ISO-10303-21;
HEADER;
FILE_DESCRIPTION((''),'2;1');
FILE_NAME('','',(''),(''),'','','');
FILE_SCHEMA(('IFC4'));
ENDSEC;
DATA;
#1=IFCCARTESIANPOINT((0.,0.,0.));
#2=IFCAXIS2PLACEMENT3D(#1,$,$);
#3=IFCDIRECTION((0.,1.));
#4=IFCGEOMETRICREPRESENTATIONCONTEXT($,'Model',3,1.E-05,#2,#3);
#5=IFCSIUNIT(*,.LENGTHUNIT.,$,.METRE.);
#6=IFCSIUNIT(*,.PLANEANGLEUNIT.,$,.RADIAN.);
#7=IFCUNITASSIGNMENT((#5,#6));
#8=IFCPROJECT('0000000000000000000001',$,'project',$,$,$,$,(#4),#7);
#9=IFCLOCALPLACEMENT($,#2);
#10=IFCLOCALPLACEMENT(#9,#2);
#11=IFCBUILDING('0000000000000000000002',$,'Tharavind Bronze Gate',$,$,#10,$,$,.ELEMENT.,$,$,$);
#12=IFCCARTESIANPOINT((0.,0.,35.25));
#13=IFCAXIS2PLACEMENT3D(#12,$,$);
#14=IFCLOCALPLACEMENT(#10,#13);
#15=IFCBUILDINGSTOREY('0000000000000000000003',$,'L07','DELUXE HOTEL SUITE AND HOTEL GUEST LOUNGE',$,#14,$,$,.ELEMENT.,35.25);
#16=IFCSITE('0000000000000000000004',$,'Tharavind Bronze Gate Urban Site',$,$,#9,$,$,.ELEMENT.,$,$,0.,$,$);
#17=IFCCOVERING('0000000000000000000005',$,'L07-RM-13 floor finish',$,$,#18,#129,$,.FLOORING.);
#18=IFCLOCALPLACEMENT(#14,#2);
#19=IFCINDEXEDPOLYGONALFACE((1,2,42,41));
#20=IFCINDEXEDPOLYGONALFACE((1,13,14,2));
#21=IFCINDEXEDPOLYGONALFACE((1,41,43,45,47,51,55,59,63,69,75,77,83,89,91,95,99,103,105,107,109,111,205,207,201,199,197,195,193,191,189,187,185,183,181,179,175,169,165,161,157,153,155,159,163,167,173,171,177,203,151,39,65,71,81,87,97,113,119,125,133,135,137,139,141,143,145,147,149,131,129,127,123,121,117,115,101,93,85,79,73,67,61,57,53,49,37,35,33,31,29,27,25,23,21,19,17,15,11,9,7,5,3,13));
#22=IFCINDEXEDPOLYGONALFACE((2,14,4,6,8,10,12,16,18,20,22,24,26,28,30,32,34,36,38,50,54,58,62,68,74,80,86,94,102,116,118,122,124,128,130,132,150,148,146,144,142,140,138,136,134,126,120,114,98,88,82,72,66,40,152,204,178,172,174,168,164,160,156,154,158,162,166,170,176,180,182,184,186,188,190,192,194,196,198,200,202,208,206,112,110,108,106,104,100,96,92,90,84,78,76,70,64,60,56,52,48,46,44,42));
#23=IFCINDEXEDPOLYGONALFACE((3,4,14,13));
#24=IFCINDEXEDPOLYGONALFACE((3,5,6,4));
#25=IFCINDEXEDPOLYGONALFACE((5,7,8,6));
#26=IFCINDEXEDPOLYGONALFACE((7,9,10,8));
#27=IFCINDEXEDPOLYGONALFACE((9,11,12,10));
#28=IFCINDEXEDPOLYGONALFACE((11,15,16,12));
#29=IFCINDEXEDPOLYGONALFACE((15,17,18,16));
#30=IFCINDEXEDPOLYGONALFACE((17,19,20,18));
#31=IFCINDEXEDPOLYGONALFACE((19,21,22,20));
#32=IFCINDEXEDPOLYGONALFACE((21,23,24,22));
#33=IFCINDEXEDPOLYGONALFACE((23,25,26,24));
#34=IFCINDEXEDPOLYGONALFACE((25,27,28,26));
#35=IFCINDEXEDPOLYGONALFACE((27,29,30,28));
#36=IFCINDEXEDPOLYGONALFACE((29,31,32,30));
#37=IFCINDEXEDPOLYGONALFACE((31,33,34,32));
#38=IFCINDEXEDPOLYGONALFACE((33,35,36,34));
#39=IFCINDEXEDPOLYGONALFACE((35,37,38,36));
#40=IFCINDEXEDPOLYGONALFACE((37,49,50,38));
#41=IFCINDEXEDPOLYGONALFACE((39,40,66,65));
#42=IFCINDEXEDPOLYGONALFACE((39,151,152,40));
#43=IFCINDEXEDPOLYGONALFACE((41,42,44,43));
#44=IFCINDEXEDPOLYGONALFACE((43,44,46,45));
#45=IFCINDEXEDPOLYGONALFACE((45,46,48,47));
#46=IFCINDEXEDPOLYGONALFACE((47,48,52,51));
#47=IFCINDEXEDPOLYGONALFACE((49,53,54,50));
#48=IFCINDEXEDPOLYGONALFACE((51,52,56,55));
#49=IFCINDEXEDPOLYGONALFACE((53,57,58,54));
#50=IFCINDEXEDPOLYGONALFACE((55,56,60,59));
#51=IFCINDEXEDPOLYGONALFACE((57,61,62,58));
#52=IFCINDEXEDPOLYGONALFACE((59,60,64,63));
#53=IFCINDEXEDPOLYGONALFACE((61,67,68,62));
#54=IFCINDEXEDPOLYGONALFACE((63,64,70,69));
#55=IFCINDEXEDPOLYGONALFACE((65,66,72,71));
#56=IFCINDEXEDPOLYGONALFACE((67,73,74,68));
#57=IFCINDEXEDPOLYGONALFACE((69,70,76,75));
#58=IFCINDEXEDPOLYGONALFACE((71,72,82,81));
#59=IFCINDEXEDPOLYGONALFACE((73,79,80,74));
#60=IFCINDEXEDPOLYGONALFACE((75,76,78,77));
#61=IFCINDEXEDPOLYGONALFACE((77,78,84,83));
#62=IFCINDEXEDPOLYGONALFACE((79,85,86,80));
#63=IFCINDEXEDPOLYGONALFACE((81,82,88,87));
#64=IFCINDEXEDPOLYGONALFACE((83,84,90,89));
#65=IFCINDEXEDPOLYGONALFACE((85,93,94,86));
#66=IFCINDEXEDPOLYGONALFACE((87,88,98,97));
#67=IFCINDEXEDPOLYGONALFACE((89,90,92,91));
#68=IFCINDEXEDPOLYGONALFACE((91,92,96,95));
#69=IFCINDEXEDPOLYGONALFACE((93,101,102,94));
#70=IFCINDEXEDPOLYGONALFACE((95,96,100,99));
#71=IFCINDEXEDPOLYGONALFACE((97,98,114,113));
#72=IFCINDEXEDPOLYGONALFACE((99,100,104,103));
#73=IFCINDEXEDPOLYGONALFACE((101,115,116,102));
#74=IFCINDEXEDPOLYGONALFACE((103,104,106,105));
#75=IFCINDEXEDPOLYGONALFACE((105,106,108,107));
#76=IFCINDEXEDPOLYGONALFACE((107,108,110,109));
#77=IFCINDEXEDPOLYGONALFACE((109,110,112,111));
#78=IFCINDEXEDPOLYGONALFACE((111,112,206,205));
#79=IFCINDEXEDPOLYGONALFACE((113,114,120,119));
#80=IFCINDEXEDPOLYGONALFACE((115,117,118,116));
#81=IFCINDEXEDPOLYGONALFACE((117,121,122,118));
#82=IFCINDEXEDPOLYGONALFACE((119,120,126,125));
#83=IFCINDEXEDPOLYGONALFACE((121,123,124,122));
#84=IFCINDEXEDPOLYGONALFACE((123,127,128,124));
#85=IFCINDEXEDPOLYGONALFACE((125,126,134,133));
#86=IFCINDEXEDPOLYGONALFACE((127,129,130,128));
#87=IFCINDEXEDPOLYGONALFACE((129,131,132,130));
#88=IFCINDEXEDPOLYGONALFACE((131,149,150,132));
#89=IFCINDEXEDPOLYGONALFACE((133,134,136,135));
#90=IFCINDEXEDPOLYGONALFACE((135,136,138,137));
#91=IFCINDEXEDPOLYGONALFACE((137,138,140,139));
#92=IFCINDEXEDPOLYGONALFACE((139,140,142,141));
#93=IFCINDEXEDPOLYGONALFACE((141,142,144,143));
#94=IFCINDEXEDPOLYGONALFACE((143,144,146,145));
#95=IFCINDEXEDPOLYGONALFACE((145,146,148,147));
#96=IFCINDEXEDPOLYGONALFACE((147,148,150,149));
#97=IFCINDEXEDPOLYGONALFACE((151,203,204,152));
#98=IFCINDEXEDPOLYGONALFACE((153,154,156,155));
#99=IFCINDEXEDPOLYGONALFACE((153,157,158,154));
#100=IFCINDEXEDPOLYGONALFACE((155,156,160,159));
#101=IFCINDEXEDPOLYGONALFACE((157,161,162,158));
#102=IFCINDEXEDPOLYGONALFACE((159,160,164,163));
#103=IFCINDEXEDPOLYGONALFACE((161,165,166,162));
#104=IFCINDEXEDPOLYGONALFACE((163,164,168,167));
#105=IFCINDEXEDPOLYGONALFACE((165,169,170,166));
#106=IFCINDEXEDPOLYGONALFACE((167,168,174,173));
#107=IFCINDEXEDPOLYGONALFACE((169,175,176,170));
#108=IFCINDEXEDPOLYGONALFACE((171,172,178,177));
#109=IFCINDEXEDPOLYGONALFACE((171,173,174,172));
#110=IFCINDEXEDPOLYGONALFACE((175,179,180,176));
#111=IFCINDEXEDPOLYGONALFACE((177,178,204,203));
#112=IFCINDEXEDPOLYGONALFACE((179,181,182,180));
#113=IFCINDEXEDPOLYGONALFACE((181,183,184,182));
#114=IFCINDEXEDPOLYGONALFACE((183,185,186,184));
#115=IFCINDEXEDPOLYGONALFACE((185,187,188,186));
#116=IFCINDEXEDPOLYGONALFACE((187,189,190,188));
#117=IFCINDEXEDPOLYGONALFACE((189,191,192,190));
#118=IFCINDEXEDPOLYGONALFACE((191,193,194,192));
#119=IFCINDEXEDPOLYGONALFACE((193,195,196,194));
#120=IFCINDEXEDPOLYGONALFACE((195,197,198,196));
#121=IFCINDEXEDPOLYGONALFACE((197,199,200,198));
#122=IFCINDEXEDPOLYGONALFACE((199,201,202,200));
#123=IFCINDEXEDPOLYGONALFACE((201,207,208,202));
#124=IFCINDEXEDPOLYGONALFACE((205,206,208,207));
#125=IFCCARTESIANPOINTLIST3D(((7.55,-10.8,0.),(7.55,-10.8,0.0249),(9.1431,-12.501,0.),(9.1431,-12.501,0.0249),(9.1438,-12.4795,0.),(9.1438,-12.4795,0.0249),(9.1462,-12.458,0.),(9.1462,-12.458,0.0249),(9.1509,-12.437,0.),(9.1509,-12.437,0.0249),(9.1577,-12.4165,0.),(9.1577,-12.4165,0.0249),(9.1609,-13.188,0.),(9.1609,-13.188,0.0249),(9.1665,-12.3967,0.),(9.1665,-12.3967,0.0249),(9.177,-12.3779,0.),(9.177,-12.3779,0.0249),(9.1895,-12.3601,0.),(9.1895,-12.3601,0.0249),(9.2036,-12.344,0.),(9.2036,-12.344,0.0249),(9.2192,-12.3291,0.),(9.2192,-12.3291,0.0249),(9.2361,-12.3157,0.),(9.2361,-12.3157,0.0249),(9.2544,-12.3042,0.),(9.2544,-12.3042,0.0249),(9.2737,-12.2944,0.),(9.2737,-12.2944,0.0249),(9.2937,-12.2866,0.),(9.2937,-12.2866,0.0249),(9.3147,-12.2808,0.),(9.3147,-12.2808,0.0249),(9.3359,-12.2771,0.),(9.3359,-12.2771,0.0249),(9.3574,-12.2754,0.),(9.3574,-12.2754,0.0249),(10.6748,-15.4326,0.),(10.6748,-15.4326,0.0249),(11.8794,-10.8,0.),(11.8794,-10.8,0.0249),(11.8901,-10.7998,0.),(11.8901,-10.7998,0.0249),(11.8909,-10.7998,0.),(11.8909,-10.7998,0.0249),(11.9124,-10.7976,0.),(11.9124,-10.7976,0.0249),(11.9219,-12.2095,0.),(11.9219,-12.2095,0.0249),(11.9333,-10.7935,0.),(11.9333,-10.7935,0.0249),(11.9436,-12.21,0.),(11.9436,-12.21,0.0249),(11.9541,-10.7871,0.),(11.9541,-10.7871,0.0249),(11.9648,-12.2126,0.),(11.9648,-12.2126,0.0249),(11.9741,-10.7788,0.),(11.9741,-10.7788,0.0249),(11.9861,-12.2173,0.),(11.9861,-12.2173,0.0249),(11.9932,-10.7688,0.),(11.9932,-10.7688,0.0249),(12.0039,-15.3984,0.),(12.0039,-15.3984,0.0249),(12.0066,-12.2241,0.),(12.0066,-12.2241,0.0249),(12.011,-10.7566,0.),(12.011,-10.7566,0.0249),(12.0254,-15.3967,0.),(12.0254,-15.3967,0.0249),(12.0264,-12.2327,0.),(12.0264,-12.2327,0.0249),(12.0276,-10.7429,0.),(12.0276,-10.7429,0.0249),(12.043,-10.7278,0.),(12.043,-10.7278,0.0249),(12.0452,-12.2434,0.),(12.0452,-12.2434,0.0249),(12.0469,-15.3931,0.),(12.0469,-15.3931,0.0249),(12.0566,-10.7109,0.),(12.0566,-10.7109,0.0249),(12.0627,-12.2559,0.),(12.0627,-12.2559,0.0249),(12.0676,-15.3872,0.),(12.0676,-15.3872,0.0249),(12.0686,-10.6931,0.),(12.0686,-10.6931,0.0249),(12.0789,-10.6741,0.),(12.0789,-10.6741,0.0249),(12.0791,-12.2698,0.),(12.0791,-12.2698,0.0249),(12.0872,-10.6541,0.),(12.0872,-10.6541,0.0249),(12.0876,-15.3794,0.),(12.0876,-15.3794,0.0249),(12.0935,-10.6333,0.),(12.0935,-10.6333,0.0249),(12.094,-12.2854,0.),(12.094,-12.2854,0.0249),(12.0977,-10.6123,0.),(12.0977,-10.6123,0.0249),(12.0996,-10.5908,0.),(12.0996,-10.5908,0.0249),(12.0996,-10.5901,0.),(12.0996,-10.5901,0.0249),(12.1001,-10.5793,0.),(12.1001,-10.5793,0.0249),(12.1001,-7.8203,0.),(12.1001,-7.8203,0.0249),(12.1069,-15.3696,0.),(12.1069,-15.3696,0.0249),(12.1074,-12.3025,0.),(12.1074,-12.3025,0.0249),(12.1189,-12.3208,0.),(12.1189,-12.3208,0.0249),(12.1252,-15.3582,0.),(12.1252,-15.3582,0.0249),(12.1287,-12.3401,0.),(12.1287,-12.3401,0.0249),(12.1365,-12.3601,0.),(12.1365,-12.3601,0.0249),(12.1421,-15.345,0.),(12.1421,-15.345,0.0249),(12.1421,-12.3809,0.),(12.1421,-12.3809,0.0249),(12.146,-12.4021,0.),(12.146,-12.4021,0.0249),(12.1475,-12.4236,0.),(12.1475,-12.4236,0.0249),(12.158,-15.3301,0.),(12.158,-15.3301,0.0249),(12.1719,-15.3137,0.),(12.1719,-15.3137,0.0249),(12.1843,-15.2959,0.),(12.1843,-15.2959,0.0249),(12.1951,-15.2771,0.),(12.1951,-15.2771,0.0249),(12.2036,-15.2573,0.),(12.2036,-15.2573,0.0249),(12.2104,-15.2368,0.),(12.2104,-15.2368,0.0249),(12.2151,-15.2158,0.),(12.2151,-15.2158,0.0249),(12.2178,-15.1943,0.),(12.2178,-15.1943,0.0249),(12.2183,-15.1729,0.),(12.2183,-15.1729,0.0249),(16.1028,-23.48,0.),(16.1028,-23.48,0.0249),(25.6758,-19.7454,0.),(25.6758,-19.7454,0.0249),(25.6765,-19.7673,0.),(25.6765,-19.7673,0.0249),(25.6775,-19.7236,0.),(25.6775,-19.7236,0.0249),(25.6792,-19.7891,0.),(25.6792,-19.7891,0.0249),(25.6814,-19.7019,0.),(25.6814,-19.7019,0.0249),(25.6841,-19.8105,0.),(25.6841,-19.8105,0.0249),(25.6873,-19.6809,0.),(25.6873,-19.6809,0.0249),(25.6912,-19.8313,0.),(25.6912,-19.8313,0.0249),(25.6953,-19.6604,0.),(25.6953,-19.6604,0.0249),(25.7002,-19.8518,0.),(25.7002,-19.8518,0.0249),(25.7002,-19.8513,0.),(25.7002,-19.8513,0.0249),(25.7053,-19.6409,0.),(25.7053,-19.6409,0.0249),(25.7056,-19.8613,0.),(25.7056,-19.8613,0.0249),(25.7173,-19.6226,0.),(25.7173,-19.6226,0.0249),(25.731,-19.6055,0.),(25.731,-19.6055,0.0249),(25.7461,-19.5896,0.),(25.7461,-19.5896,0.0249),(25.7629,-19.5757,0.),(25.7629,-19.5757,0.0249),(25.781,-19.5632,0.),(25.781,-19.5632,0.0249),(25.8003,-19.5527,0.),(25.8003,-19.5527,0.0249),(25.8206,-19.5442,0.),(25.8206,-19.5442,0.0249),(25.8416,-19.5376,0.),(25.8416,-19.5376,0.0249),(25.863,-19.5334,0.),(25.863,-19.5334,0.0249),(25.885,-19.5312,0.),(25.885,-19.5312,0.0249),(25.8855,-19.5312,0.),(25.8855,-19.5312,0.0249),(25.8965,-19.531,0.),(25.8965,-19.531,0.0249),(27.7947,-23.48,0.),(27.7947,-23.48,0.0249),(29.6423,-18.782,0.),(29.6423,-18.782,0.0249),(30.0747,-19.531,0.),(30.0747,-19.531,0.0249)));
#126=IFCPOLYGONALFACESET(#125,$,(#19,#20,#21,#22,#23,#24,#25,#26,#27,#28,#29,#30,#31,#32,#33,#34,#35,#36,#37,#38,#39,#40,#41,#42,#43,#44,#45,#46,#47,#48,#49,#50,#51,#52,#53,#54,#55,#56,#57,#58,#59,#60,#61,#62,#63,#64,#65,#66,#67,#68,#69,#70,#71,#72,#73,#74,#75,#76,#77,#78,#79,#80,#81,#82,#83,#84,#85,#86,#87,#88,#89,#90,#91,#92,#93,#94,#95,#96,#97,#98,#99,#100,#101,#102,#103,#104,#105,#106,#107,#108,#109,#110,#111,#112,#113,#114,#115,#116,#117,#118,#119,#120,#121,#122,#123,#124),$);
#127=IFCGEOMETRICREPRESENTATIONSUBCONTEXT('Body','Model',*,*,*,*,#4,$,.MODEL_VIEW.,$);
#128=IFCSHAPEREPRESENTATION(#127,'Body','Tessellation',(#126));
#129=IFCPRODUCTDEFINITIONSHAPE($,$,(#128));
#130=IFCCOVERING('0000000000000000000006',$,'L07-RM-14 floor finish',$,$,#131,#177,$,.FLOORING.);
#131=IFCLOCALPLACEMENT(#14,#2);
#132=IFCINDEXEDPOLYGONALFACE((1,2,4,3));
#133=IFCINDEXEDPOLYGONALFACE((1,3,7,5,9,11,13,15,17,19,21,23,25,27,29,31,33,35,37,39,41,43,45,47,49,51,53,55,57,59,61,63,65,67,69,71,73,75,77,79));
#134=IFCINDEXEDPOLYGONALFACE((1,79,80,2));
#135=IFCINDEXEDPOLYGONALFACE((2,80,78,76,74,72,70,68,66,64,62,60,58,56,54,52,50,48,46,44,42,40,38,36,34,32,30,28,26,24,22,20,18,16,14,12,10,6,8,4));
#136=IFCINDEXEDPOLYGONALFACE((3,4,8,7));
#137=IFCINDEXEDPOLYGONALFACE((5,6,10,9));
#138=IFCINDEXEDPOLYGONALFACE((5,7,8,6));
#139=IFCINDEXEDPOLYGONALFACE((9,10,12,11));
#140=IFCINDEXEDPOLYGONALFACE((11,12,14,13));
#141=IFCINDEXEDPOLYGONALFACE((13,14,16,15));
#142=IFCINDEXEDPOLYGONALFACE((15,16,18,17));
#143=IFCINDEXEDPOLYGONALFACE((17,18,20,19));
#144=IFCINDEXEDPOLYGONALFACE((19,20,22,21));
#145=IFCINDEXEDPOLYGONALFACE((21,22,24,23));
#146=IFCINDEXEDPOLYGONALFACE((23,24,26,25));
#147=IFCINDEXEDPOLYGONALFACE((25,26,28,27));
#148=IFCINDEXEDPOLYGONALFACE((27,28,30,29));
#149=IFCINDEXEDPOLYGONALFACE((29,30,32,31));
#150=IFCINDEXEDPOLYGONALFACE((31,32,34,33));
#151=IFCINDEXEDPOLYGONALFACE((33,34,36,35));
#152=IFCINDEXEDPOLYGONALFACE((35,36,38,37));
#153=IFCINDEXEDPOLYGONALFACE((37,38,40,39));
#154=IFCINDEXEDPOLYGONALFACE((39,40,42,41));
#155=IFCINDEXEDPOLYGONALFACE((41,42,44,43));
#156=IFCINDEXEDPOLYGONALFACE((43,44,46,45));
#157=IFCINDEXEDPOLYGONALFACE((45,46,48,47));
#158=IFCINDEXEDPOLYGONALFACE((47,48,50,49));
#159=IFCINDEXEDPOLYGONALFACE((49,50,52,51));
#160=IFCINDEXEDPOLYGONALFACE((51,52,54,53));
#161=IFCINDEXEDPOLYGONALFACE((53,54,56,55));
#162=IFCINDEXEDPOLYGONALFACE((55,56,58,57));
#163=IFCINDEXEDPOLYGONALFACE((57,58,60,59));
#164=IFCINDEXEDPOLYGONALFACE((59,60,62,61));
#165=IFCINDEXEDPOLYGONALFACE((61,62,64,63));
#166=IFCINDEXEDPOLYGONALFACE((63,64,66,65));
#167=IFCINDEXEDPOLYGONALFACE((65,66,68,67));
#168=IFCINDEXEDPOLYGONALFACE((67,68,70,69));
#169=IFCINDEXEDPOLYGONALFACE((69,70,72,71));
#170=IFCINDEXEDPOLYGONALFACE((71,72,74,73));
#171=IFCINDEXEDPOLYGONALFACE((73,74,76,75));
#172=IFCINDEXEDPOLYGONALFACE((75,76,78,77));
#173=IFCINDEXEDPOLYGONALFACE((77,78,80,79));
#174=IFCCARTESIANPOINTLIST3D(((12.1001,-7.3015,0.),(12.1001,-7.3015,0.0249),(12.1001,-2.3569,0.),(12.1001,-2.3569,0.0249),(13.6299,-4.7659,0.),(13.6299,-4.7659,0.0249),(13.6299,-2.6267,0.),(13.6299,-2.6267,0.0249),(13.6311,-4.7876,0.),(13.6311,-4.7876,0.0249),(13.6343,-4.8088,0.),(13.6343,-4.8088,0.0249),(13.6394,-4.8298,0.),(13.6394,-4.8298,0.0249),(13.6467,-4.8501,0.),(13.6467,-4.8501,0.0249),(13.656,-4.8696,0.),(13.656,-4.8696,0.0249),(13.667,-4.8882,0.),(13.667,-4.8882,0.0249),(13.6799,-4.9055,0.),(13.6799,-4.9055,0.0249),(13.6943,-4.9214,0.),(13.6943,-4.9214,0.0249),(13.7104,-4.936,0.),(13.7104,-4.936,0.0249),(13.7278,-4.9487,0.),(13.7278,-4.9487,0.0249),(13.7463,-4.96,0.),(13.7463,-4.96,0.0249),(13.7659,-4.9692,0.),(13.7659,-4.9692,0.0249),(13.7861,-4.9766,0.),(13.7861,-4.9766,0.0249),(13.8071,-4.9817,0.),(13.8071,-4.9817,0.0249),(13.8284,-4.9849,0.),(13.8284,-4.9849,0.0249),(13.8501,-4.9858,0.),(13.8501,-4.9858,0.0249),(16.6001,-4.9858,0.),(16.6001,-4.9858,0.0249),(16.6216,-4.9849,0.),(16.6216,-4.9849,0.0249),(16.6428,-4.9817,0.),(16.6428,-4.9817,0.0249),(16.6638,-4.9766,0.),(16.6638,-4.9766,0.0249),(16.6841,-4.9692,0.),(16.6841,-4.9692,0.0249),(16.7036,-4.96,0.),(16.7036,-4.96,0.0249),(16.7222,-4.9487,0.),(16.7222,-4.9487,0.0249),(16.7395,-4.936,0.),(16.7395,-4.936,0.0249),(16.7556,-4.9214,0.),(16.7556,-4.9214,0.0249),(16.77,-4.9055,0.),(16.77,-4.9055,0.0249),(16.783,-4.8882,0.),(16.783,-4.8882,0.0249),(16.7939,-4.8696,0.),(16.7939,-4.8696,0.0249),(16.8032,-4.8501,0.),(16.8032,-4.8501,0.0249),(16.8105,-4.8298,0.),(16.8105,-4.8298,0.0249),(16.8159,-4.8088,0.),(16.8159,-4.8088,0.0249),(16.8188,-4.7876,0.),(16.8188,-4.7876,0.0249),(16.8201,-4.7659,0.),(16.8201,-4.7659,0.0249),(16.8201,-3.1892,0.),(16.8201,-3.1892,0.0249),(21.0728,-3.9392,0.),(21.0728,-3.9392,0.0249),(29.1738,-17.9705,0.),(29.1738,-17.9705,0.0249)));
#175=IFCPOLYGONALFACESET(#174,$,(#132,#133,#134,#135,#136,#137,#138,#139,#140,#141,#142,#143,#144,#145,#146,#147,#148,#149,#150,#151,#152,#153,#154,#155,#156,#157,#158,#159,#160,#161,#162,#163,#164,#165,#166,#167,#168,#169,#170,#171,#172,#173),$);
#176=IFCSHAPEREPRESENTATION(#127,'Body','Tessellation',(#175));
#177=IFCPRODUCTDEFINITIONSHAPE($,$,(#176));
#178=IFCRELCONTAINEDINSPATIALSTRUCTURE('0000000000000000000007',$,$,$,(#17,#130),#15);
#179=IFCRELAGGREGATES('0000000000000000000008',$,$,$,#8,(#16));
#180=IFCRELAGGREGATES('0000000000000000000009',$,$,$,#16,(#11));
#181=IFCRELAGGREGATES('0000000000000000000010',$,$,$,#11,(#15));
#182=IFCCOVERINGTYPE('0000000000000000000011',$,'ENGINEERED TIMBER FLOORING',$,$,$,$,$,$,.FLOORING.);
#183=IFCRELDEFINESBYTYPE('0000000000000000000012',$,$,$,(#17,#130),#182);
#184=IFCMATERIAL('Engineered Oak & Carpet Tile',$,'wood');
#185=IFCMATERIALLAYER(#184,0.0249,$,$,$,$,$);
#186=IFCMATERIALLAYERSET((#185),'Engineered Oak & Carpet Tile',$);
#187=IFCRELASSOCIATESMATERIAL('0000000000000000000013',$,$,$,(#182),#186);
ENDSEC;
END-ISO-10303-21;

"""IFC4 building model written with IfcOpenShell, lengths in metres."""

from ifc_helpers import new_model, si_unit, direction, frame, origin, place, context, subcontext, project, spatial, polyline, outline, extrude, material, layer, layer_set, type_object, element, save


model = new_model("IFC4")

# Units and contexts
model_context = context("Model", 3, precision=1e-05, world=origin(), true_north=direction((0.0, 1.0)))
body_context = subcontext(model_context, "Body", "Model", "MODEL_VIEW")
ifc_project = project(units=[si_unit("LENGTHUNIT", "METRE"), si_unit("PLANEANGLEUNIT", "RADIAN")], contexts=[model_context])

# Site, building, storey
site_placement = place(None, origin())
site = spatial("IfcSite", under=ifc_project, at=site_placement, Name="Tharavind Bronze Gate Urban Site", CompositionType="ELEMENT", RefElevation=0.0)
building_placement = place(site_placement, origin())
building = spatial("IfcBuilding", under=site, at=building_placement, Name="Tharavind Bronze Gate", CompositionType="ELEMENT")
storey_placement = place(building_placement, frame((0.0, 0.0, 35.25)))
storey = spatial("IfcBuildingStorey", under=building, at=storey_placement, Name="L07", Description="DELUXE HOTEL SUITE AND HOTEL GUEST LOUNGE", CompositionType="ELEMENT", Elevation=35.25)

# Coverings
ifc_material_1 = material(Name="Engineered Oak & Carpet Tile", Category="wood")
ifc_layer_1 = layer(ifc_material_1, 0.0249)
ifc_layer_set_1 = layer_set([ifc_layer_1], Name="Engineered Oak & Carpet Tile")
covering_type_1 = type_object("IfcCoveringType", Name="ENGINEERED TIMBER FLOORING", PredefinedType="FLOORING", material=ifc_layer_set_1)
covering_1_placement = place(storey_placement, origin())
element("IfcCovering", 1, at=covering_1_placement, inside=storey, type_object=covering_type_1, Name="L07-RM-13 floor finish", PredefinedType="FLOORING", context=body_context, shape_type="SweptSolid", body=[
    extrude(outline(polyline([(9.1609, -13.188), (9.1431, -12.501), (9.1438, -12.4795), (9.1462, -12.458), (9.1509, -12.437), (9.1577, -12.4165), (9.1665, -12.3967), (9.177, -12.3779), (9.1895, -12.3601), (9.2036, -12.344), (9.2192, -12.3291), (9.2361, -12.3157), (9.2544, -12.3042), (9.2737, -12.2944), (9.2937, -12.2866), (9.3147, -12.2808), (9.3359, -12.2771), (9.3574, -12.2754), (11.9219, -12.2095), (11.9436, -12.21), (11.9648, -12.2126), (11.9861, -12.2173), (12.0066, -12.2241), (12.0264, -12.2327), (12.0452, -12.2434), (12.0627, -12.2559), (12.0791, -12.2698), (12.094, -12.2854), (12.1074, -12.3025), (12.1189, -12.3208), (12.1287, -12.3401), (12.1365, -12.3601), (12.1421, -12.3809), (12.146, -12.4021), (12.1475, -12.4236), (12.2183, -15.1729), (12.2178, -15.1943), (12.2151, -15.2158), (12.2104, -15.2368), (12.2036, -15.2573), (12.1951, -15.2771), (12.1843, -15.2959), (12.1719, -15.3137), (12.158, -15.3301), (12.1421, -15.345), (12.1252, -15.3582), (12.1069, -15.3696), (12.0876, -15.3794), (12.0676, -15.3872), (12.0469, -15.3931), (12.0254, -15.3967), (12.0039, -15.3984), (10.6748, -15.4326), (16.1028, -23.48), (27.7947, -23.48), (25.7056, -19.8613), (25.7002, -19.8518), (25.7002, -19.8513), (25.6912, -19.8313), (25.6841, -19.8105), (25.6792, -19.7891), (25.6765, -19.7673), (25.6758, -19.7454), (25.6775, -19.7236), (25.6814, -19.7019), (25.6873, -19.6809), (25.6953, -19.6604), (25.7053, -19.6409), (25.7173, -19.6226), (25.731, -19.6055), (25.7461, -19.5896), (25.7629, -19.5757), (25.781, -19.5632), (25.8003, -19.5527), (25.8206, -19.5442), (25.8416, -19.5376), (25.863, -19.5334), (25.885, -19.5312), (25.8855, -19.5312), (25.8965, -19.531), (30.0747, -19.531), (29.6423, -18.782), (12.1001, -7.8203), (12.1001, -10.5793), (12.0996, -10.5901), (12.0996, -10.5908), (12.0977, -10.6123), (12.0935, -10.6333), (12.0872, -10.6541), (12.0789, -10.6741), (12.0686, -10.6931), (12.0566, -10.7109), (12.043, -10.7278), (12.0276, -10.7429), (12.011, -10.7566), (11.9932, -10.7688), (11.9741, -10.7788), (11.9541, -10.7871), (11.9333, -10.7935), (11.9124, -10.7976), (11.8909, -10.7998), (11.8901, -10.7998), (11.8794, -10.8), (7.55, -10.8), (9.1609, -13.188)])), origin(), (0.0, 0.0, 1.0), 0.0249),
])
covering_2_placement = place(storey_placement, origin())
element("IfcCovering", 2, at=covering_2_placement, inside=storey, type_object=covering_type_1, Name="L07-RM-14 floor finish", PredefinedType="FLOORING", context=body_context, shape_type="SweptSolid", body=[
    extrude(outline(polyline([(12.1001, -7.3015), (29.1738, -17.9705), (21.0728, -3.9392), (16.8201, -3.1892), (16.8201, -4.7659), (16.8188, -4.7876), (16.8159, -4.8088), (16.8105, -4.8298), (16.8032, -4.8501), (16.7939, -4.8696), (16.783, -4.8882), (16.77, -4.9055), (16.7556, -4.9214), (16.7395, -4.936), (16.7222, -4.9487), (16.7036, -4.96), (16.6841, -4.9692), (16.6638, -4.9766), (16.6428, -4.9817), (16.6216, -4.9849), (16.6001, -4.9858), (13.8501, -4.9858), (13.8284, -4.9849), (13.8071, -4.9817), (13.7861, -4.9766), (13.7659, -4.9692), (13.7463, -4.96), (13.7278, -4.9487), (13.7104, -4.936), (13.6943, -4.9214), (13.6799, -4.9055), (13.667, -4.8882), (13.656, -4.8696), (13.6467, -4.8501), (13.6394, -4.8298), (13.6343, -4.8088), (13.6311, -4.7876), (13.6299, -4.7659), (13.6299, -2.6267), (12.1001, -2.3569), (12.1001, -7.3015)])), origin(), (0.0, 0.0, 1.0), 0.0249),
])

save(model, "model.ifc")
